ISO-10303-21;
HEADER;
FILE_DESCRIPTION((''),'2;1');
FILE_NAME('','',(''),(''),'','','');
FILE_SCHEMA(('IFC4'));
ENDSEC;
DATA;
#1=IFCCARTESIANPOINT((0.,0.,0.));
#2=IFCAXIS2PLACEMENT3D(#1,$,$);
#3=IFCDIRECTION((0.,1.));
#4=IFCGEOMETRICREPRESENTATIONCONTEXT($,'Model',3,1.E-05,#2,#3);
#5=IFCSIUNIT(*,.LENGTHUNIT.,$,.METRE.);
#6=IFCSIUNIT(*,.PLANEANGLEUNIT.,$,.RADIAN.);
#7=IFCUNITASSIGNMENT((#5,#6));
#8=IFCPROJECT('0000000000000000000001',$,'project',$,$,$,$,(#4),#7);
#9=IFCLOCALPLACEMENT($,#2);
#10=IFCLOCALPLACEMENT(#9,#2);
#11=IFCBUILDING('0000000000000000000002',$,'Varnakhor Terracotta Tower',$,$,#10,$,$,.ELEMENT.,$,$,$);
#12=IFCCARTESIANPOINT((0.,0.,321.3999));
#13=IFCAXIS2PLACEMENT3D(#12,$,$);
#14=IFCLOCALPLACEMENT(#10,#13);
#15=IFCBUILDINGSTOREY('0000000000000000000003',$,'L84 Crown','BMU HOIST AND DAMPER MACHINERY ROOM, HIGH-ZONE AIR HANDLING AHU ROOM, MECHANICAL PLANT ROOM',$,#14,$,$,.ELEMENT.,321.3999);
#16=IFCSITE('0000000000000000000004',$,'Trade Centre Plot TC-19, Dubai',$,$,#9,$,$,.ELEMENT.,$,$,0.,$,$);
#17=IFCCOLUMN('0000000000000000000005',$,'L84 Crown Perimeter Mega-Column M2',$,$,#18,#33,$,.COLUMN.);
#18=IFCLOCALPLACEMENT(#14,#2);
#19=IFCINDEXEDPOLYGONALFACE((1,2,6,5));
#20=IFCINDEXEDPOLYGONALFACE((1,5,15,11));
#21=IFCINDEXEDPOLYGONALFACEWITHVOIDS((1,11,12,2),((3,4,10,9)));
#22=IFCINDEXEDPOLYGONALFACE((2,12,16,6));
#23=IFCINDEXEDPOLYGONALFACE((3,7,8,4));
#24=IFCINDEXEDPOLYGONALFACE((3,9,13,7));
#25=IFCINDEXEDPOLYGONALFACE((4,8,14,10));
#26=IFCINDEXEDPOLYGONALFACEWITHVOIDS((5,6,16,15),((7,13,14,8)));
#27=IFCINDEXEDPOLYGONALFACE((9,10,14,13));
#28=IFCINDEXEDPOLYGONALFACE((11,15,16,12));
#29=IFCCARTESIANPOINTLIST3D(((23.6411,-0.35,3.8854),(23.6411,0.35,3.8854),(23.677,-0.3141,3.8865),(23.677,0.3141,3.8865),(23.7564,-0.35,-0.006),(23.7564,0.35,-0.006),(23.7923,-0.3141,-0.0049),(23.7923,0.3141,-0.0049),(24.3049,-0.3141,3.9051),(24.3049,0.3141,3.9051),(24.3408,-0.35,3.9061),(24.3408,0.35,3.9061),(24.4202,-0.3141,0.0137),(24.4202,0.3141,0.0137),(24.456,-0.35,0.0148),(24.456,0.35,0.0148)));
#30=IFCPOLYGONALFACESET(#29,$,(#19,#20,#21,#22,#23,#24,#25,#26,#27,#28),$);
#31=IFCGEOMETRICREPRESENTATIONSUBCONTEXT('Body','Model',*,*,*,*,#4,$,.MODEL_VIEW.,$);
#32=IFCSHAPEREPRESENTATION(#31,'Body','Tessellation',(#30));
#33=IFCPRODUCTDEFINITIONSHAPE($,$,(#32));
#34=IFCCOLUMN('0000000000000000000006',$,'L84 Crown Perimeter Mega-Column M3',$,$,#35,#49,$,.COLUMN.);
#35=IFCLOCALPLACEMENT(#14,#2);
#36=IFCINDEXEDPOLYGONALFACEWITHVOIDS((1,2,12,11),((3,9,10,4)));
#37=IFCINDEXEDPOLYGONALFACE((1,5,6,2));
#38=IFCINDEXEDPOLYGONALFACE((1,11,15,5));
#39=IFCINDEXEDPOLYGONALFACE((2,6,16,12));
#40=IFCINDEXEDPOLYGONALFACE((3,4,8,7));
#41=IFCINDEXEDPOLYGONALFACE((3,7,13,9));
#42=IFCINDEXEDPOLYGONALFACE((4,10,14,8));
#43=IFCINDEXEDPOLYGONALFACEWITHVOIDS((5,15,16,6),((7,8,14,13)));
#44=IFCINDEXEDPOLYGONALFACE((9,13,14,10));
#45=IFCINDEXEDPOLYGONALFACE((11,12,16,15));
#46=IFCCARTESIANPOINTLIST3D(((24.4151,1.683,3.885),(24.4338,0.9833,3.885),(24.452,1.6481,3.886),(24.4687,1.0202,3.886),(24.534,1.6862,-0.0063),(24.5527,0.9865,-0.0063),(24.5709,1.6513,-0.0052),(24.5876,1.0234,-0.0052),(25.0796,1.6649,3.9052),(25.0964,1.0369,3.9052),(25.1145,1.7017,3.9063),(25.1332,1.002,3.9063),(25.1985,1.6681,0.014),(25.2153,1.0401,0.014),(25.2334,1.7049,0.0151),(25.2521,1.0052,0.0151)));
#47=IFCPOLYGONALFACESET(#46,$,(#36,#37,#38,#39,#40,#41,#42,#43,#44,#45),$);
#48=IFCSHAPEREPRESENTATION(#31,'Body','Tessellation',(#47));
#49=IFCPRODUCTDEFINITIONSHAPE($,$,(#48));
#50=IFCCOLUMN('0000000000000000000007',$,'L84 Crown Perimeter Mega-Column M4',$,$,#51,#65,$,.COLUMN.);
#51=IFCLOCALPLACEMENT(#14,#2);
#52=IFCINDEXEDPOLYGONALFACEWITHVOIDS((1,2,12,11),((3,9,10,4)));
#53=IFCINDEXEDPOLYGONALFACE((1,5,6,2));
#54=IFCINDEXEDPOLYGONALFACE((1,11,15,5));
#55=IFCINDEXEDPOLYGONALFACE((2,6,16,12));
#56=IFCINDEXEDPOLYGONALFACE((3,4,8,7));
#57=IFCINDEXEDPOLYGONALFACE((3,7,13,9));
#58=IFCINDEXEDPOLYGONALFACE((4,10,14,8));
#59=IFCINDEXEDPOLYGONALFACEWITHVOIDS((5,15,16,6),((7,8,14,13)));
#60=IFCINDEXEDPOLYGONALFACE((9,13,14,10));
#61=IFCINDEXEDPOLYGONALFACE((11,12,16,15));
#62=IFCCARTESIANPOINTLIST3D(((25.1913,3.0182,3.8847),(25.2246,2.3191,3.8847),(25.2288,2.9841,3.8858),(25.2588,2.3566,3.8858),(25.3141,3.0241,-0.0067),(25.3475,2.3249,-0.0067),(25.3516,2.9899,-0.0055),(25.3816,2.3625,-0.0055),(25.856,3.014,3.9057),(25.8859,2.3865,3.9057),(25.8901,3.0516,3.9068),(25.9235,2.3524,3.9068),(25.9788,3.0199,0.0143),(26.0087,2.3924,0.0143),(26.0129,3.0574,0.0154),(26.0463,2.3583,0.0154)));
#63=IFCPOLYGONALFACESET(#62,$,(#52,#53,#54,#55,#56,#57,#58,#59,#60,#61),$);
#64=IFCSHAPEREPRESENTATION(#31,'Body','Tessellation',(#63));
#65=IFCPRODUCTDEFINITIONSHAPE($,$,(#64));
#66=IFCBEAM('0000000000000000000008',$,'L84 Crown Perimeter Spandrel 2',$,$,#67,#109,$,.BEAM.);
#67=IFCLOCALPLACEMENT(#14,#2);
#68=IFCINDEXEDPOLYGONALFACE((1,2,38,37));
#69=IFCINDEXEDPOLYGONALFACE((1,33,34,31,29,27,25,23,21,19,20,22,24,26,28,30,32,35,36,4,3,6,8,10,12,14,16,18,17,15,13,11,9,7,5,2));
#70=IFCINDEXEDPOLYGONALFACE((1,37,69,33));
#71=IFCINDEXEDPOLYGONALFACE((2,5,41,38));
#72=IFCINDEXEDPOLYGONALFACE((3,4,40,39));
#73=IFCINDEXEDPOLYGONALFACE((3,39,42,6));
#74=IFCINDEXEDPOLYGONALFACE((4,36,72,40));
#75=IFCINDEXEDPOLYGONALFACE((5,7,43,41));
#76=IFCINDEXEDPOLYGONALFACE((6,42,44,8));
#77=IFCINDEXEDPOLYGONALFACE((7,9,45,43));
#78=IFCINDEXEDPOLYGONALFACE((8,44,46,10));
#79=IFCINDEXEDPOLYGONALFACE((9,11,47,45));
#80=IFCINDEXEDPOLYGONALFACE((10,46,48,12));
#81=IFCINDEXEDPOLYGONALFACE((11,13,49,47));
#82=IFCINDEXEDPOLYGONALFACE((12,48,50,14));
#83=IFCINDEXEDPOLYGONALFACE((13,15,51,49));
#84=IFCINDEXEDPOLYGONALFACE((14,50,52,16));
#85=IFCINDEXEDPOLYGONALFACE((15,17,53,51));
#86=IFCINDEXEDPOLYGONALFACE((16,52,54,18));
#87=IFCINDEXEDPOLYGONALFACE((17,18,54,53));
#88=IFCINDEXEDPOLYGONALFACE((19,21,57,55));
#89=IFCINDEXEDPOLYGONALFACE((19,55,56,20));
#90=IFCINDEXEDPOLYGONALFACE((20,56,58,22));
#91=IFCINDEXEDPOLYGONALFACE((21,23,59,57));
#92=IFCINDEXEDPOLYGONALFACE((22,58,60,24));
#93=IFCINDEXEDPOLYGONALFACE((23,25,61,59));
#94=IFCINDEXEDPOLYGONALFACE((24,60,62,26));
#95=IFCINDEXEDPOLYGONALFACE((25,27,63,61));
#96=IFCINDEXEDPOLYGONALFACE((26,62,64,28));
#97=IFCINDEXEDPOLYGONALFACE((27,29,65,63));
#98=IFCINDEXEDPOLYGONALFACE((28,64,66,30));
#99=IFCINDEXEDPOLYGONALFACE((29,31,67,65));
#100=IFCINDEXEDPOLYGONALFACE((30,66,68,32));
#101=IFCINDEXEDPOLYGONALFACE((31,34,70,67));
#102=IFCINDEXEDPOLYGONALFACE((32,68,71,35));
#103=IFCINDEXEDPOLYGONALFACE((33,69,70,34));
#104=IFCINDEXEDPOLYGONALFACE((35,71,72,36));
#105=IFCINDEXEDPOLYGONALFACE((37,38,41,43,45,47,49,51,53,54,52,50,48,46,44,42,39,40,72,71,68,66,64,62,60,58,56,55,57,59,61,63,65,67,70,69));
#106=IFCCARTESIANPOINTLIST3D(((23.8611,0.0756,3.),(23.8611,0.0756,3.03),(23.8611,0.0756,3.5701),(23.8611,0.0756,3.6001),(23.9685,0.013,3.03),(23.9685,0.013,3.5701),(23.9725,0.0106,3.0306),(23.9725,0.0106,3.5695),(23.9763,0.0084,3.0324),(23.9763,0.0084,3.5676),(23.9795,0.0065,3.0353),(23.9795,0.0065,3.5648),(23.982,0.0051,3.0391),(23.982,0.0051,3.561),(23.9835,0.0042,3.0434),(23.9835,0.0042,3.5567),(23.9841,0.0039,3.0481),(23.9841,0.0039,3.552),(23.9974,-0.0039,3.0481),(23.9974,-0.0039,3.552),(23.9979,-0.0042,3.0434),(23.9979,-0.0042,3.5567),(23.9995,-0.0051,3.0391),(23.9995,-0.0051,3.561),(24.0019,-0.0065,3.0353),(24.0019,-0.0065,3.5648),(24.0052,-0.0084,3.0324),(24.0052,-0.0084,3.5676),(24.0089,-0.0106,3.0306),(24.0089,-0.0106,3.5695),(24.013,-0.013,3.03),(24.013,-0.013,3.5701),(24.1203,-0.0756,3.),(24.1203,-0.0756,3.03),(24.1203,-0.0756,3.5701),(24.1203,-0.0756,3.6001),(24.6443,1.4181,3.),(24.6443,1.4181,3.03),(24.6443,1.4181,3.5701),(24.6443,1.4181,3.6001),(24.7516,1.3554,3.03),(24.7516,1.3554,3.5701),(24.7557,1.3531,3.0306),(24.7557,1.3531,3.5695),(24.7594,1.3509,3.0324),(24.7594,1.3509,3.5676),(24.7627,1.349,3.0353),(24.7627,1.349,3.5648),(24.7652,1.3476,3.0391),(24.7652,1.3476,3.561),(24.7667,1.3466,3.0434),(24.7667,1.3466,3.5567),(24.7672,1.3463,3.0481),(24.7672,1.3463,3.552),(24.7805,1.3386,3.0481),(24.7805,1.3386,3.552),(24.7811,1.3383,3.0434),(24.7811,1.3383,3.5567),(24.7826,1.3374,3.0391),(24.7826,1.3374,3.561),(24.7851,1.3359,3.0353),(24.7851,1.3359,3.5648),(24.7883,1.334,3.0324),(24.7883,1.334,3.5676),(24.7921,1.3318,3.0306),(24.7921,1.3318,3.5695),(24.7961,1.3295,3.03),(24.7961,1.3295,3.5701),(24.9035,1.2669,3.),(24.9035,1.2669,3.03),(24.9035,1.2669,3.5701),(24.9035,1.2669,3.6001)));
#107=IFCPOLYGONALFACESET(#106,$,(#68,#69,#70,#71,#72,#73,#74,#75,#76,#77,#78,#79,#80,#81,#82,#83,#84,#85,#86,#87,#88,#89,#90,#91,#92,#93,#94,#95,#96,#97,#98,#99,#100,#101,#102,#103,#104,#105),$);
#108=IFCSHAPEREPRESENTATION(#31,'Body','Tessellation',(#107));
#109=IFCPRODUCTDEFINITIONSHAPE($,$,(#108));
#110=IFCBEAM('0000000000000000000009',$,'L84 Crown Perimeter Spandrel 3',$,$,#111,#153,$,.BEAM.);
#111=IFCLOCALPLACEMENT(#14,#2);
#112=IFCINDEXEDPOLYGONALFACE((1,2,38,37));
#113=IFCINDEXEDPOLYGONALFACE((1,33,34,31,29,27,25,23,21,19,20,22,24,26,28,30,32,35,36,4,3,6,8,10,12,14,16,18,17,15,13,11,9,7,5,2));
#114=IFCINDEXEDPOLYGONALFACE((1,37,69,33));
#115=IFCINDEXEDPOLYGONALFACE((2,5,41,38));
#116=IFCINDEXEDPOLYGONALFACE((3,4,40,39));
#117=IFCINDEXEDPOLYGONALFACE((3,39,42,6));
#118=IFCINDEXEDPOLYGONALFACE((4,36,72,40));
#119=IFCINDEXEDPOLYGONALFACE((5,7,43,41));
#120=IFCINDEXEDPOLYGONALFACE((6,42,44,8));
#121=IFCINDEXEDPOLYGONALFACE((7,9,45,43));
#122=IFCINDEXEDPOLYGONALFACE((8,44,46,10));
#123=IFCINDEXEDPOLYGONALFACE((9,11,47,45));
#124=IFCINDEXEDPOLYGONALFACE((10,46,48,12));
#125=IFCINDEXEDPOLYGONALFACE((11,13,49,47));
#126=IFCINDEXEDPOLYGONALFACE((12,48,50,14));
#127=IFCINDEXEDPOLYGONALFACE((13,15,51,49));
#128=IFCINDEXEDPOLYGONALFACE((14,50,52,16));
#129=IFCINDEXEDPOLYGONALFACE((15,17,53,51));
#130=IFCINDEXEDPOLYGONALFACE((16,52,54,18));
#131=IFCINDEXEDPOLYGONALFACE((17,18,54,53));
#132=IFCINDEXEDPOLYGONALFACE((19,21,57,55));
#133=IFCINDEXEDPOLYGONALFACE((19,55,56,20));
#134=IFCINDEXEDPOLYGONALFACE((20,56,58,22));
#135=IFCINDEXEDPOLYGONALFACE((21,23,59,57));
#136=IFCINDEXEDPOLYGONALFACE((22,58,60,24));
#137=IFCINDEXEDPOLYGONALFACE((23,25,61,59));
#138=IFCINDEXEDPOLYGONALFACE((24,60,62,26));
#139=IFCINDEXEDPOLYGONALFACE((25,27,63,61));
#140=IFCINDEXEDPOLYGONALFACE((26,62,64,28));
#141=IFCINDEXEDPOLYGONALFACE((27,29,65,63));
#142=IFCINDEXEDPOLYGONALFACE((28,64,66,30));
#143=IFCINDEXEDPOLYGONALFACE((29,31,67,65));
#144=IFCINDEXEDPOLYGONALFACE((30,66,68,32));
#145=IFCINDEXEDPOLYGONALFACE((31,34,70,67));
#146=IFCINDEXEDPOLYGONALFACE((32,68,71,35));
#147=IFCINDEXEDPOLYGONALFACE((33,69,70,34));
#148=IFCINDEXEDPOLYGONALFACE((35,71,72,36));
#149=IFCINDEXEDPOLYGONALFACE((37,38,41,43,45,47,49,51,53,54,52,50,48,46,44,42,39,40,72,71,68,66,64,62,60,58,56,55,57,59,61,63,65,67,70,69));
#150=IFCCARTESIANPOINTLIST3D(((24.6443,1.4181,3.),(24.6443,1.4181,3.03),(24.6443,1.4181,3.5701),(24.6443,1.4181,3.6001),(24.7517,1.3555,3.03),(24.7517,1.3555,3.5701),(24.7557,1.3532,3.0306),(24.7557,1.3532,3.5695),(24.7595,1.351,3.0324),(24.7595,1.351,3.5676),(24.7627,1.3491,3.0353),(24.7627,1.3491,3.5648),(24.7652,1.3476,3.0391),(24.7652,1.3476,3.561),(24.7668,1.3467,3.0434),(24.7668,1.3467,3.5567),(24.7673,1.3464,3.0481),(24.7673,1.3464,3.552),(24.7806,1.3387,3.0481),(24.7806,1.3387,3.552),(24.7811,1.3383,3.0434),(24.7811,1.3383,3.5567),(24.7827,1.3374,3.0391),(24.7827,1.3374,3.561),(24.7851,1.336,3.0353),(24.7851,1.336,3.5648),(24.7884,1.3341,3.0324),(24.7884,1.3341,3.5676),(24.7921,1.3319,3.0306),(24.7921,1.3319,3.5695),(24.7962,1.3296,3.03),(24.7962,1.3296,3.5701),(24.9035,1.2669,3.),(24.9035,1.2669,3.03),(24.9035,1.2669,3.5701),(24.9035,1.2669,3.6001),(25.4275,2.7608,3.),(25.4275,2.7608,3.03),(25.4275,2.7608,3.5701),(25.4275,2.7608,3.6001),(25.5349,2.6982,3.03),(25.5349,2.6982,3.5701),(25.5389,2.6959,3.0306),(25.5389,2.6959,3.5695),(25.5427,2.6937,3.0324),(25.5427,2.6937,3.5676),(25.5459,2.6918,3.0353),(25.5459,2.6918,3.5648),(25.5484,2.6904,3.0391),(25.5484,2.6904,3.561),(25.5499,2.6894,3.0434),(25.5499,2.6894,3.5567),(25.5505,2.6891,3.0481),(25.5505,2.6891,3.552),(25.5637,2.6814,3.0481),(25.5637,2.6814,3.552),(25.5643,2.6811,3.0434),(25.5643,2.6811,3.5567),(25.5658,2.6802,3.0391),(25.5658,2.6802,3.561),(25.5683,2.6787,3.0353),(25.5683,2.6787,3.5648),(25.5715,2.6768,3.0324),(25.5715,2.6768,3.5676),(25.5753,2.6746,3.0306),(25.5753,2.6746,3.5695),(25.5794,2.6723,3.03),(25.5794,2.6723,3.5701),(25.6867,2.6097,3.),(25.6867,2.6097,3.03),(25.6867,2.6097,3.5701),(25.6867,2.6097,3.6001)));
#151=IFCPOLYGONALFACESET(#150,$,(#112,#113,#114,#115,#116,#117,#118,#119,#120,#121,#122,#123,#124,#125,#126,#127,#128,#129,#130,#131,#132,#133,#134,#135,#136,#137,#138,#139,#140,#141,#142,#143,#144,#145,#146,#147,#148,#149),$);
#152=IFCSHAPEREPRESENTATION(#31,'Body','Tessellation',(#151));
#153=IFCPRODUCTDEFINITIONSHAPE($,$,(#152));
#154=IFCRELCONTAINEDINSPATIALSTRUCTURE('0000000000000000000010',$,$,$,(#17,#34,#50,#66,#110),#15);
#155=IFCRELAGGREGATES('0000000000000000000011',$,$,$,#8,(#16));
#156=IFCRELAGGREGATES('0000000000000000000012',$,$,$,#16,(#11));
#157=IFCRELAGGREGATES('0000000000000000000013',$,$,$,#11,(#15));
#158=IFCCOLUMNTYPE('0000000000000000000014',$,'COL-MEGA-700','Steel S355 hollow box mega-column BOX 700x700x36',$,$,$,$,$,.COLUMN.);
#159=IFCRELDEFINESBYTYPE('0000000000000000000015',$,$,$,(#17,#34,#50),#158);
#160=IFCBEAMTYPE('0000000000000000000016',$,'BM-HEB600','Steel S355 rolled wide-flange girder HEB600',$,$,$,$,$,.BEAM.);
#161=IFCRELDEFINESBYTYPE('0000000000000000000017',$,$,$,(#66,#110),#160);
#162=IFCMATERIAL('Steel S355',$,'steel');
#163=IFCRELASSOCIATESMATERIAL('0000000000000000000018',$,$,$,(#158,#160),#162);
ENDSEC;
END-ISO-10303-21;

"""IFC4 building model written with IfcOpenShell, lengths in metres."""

from ifc_helpers import new_model, si_unit, direction, frame, origin, origin_2d, place, context, subcontext, project, spatial, hollow_rectangle, i_section, extrude, source, transform, mapped, material, material_profile, profile_set, type_object, element, save


model = new_model("IFC4")

# Units and contexts
model_context = context("Model", 3, precision=1e-05, world=origin(), true_north=direction((0.0, 1.0)))
body_context = subcontext(model_context, "Body", "Model", "MODEL_VIEW")
ifc_project = project(units=[si_unit("LENGTHUNIT", "METRE"), si_unit("PLANEANGLEUNIT", "RADIAN")], contexts=[model_context])

# Site, building, storey
site_placement = place(None, origin())
site = spatial("IfcSite", under=ifc_project, at=site_placement, Name="Trade Centre Plot TC-19, Dubai", CompositionType="ELEMENT", RefElevation=0.0)
building_placement = place(site_placement, origin())
building = spatial("IfcBuilding", under=site, at=building_placement, Name="Varnakhor Terracotta Tower", CompositionType="ELEMENT")
storey_placement = place(building_placement, frame((0.0, 0.0, 321.3999)))
storey = spatial("IfcBuildingStorey", under=building, at=storey_placement, Name="L84 Crown", Description="BMU HOIST AND DAMPER MACHINERY ROOM, HIGH-ZONE AIR HANDLING AHU ROOM, MECHANICAL PLANT ROOM", CompositionType="ELEMENT", Elevation=321.3999)

# Columns
ifc_material_1 = material(Name="Steel S355", Category="steel")
ifc_material_profile_1 = material_profile(ifc_material_1, hollow_rectangle(XDim=0.7, YDim=0.7, WallThickness=0.0359, at=origin_2d()), Name="BOX 700x700x36")
ifc_profile_set_1 = profile_set([ifc_material_profile_1], Name="Steel S355")
column_type = type_object("IfcColumnType", Name="COL-MEGA-700", Description="Steel S355 hollow box mega-column BOX 700x700x36", PredefinedType="COLUMN", material=ifc_profile_set_1)
shared_shape_1 = source(origin(), body_context, "Body", "SweptSolid", [
    extrude(hollow_rectangle(XDim=0.7, YDim=0.7, WallThickness=0.0359, at=origin_2d()), origin(), (0.0, 0.0, 1.0), 3.8931),
])
for number, where, z_axis, x_axis, name in (
    (1, (24.1062, 0.0, 0.0044), (-0.0296, 0.0, 0.999562), (0.0, -1.0, 0.0), "L84 Crown Perimeter Mega-Column M2"),
    (2, (24.8931, 1.3457, 0.0044), (-0.03054, -0.000815, 0.999533), (0.026685, -0.999644, 0.0), "L84 Crown Perimeter Mega-Column M3"),
):
    element("IfcColumn", number, at=place(storey_placement, frame(where, z_axis=z_axis, x_axis=x_axis)), inside=storey, type_object=column_type, Name=name, PredefinedType="COLUMN", context=body_context, shape_type="MappedRepresentation", body=[
        mapped(shared_shape_1, transform((0.0, 0.0, 0.0), scale=1.0)),
    ])
shared_shape_2 = source(origin(), body_context, "Body", "SweptSolid", [
    extrude(hollow_rectangle(XDim=0.7, YDim=0.7, WallThickness=0.0359, at=origin_2d()), origin(), (0.0, 0.0, 1.0), 3.8933),
])
column_placement = place(storey_placement, frame((25.6802, 2.6912, 0.0044), z_axis=(-0.031542, -0.001505, 0.999501), x_axis=(0.047659, -0.998864, 0.0)))
element("IfcColumn", 3, at=column_placement, inside=storey, type_object=column_type, Name="L84 Crown Perimeter Mega-Column M4", PredefinedType="COLUMN", context=body_context, shape_type="MappedRepresentation", body=[
    mapped(shared_shape_2, transform((0.0, 0.0, 0.0), scale=1.0)),
])

# Beams
ifc_material_profile_2 = material_profile(ifc_material_1, i_section(OverallWidth=0.3, OverallDepth=0.6001, WebThickness=0.0154, FlangeThickness=0.03, FilletRadius=0.0181, at=origin_2d()), Name="HEB600")
ifc_profile_set_2 = profile_set([ifc_material_profile_2], Name="Steel S355")
beam_type = type_object("IfcBeamType", Name="BM-HEB600", Description="Steel S355 rolled wide-flange girder HEB600", PredefinedType="BEAM", material=ifc_profile_set_2)
shared_shape_3 = source(origin(), body_context, "Body", "SweptSolid", [
    extrude(i_section(OverallWidth=0.3, OverallDepth=0.6001, WebThickness=0.0154, FlangeThickness=0.03, FilletRadius=0.0181, at=origin_2d()), origin(), (0.0, 0.0, 1.0), 1.5542),
])
beam_1_placement = place(storey_placement, frame((23.9907, 0.0, 3.3), z_axis=(0.5039, 0.863762, 0.0), x_axis=(-0.863762, 0.5039, 0.0)))
element("IfcBeam", 4, at=beam_1_placement, inside=storey, type_object=beam_type, Name="L84 Crown Perimeter Spandrel 2", PredefinedType="BEAM", context=body_context, shape_type="MappedRepresentation", body=[
    mapped(shared_shape_3, transform((0.0, 0.0, 0.0), scale=1.0)),
])
shared_shape_4 = source(origin(), body_context, "Body", "SweptSolid", [
    extrude(i_section(OverallWidth=0.3, OverallDepth=0.6001, WebThickness=0.0154, FlangeThickness=0.03, FilletRadius=0.0181, at=origin_2d()), origin(), (0.0, 0.0, 1.0), 1.5544),
])
beam_2_placement = place(storey_placement, frame((24.7739, 1.3425, 3.3), z_axis=(0.503832, 0.863802, 0.0), x_axis=(-0.863802, 0.503832, 0.0)))
element("IfcBeam", 5, at=beam_2_placement, inside=storey, type_object=beam_type, Name="L84 Crown Perimeter Spandrel 3", PredefinedType="BEAM", context=body_context, shape_type="MappedRepresentation", body=[
    mapped(shared_shape_4, transform((0.0, 0.0, 0.0), scale=1.0)),
])

save(model, "model.ifc")
